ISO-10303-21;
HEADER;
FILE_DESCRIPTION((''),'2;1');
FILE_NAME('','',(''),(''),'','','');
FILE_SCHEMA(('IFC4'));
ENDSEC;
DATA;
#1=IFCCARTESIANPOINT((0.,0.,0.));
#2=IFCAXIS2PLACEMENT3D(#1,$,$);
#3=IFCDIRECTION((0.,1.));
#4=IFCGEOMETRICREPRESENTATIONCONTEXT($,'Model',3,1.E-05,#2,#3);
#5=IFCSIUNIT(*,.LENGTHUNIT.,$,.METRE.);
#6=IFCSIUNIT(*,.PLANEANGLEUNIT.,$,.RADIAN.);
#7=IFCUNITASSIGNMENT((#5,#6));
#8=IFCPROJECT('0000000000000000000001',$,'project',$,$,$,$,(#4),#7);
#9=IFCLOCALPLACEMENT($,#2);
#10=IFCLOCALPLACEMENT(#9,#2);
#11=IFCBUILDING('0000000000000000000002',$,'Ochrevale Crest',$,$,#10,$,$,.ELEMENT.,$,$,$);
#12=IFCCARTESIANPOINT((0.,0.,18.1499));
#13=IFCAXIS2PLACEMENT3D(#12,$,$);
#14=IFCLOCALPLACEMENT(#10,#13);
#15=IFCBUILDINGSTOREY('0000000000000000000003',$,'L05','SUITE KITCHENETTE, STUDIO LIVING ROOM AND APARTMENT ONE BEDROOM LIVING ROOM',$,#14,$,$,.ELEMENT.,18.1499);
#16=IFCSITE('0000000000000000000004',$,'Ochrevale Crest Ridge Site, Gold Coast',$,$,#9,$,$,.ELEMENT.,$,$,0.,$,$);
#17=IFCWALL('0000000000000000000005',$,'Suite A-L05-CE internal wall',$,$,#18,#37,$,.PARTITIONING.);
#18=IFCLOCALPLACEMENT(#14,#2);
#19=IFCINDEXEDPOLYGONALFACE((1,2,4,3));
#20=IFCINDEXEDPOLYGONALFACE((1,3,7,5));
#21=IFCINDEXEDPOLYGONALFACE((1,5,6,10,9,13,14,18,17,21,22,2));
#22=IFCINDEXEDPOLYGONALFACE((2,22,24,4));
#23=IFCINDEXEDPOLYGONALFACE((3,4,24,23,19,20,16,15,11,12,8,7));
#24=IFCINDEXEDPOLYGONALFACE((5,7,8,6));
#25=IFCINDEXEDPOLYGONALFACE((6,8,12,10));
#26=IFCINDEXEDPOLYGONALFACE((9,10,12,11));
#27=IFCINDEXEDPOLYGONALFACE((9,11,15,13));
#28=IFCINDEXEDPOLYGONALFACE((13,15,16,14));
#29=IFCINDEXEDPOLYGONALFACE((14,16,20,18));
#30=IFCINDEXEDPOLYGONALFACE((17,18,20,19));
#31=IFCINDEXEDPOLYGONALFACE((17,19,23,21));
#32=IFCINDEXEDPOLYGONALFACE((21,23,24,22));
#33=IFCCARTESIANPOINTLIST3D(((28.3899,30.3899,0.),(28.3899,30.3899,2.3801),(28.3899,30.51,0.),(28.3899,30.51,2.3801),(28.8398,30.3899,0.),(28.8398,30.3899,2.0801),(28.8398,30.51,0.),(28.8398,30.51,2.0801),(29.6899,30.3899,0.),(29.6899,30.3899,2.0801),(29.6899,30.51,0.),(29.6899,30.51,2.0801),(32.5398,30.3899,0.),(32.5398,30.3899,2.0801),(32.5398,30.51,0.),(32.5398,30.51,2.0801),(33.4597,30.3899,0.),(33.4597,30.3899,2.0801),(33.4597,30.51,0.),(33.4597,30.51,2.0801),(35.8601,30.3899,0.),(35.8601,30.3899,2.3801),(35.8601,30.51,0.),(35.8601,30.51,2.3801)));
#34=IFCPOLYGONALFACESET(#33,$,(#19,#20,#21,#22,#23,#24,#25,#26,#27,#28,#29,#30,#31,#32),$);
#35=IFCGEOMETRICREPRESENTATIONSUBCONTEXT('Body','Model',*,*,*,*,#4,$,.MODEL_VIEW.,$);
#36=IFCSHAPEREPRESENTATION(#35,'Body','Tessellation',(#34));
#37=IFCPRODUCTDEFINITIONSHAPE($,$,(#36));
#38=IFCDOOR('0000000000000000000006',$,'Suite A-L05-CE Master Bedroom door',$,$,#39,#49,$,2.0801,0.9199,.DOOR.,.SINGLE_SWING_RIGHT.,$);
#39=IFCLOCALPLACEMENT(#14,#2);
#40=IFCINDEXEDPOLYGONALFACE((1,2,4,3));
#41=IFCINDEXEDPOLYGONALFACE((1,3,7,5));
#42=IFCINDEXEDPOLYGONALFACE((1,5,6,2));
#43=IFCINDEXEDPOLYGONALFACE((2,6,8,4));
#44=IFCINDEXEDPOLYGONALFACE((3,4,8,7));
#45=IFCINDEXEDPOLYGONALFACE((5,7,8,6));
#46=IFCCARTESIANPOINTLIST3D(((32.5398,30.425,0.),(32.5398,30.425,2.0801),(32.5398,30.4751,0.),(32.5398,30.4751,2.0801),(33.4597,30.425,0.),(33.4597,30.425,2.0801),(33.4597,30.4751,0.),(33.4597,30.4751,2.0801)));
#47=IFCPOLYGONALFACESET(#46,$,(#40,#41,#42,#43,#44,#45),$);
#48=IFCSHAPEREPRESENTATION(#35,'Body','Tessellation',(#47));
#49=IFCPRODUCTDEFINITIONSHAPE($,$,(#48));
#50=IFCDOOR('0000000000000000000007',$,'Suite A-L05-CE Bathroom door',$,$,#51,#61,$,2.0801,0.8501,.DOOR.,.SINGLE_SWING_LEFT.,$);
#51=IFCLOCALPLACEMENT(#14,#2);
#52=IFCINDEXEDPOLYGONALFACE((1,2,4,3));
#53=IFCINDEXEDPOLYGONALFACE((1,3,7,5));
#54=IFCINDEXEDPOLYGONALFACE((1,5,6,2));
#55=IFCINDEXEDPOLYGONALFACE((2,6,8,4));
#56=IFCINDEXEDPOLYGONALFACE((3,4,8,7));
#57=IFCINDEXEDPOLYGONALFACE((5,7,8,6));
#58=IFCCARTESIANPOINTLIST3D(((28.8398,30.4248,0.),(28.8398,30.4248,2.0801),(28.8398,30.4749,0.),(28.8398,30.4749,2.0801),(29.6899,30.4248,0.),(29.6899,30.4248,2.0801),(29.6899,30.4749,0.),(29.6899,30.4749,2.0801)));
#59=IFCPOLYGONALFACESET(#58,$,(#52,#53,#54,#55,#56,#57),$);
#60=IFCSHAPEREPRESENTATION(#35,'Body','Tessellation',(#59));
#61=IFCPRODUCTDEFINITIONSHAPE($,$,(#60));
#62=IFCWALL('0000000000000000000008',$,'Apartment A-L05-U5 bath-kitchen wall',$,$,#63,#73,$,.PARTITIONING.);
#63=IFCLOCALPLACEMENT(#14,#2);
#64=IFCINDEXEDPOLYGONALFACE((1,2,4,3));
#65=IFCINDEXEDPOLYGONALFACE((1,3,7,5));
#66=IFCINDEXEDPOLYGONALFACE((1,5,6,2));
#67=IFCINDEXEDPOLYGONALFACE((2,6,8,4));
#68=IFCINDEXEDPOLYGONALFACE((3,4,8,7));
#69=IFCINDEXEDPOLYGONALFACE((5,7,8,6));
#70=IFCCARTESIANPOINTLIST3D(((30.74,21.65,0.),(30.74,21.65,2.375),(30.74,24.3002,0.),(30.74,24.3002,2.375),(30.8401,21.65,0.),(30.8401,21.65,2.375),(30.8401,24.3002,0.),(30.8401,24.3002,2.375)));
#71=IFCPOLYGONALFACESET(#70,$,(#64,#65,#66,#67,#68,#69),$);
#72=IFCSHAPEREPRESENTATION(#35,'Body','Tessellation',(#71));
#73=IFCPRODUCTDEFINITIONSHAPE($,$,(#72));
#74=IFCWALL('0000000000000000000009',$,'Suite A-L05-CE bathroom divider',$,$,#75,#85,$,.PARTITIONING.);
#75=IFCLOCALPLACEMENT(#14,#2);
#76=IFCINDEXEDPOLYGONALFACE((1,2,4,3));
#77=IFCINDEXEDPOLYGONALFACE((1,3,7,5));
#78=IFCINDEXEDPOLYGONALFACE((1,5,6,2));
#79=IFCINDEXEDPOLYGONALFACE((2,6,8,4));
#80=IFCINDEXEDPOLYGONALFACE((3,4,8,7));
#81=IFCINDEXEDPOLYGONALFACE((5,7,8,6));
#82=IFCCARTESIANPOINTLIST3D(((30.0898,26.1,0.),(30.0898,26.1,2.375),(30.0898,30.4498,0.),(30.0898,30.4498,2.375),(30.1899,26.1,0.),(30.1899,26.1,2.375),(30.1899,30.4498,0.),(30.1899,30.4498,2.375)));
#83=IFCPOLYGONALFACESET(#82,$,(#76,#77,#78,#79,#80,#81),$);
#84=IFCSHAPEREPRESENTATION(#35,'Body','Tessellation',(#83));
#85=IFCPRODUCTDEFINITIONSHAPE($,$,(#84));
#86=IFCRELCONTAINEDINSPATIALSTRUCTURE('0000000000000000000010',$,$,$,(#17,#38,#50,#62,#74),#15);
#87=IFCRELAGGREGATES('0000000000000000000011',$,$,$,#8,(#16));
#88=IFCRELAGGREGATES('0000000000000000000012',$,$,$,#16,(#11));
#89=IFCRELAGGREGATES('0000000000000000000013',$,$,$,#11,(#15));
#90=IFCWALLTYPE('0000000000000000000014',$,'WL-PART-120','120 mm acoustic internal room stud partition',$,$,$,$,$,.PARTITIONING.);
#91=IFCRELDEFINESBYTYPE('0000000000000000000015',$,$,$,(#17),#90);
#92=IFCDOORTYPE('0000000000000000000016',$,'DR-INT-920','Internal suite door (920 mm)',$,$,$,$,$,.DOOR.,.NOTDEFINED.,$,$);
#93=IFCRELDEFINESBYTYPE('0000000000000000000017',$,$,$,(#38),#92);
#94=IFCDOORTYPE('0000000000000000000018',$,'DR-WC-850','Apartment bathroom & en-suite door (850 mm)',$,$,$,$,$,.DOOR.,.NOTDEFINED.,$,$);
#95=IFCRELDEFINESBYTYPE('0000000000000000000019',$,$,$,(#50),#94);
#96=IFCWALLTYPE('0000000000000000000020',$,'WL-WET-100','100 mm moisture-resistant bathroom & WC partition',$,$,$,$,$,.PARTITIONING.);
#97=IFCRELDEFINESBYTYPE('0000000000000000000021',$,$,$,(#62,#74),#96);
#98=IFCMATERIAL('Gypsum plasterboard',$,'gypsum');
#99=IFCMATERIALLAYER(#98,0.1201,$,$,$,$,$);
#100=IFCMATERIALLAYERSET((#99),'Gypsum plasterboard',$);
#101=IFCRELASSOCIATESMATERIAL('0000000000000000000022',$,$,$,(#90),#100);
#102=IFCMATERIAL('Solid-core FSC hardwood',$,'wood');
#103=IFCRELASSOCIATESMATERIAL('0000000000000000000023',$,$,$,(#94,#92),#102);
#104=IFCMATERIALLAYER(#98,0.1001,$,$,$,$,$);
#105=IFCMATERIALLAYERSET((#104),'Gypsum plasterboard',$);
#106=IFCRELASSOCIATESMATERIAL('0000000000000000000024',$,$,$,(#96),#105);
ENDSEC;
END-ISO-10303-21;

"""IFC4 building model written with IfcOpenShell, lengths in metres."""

from ifc_helpers import new_model, si_unit, direction, frame, frame_2d, origin, place, context, subcontext, project, spatial, rectangle, extrude, material, layer, layer_set, type_object, element, fill, save


model = new_model("IFC4")

# Units and contexts
model_context = context("Model", 3, precision=1e-05, world=origin(), true_north=direction((0.0, 1.0)))
body_context = subcontext(model_context, "Body", "Model", "MODEL_VIEW")
ifc_project = project(units=[si_unit("LENGTHUNIT", "METRE"), si_unit("PLANEANGLEUNIT", "RADIAN")], contexts=[model_context])

# Site, building, storey
site_placement = place(None, origin())
site = spatial("IfcSite", under=ifc_project, at=site_placement, Name="Ochrevale Crest Ridge Site, Gold Coast", CompositionType="ELEMENT", RefElevation=0.0)
building_placement = place(site_placement, origin())
building = spatial("IfcBuilding", under=site, at=building_placement, Name="Ochrevale Crest", CompositionType="ELEMENT")
storey_placement = place(building_placement, frame((0.0, 0.0, 18.1499)))
storey = spatial("IfcBuildingStorey", under=building, at=storey_placement, Name="L05", Description="SUITE KITCHENETTE, STUDIO LIVING ROOM AND APARTMENT ONE BEDROOM LIVING ROOM", CompositionType="ELEMENT", Elevation=18.1499)

# Shared definitions
ifc_material_1 = material(Name="Gypsum plasterboard", Category="gypsum")
ifc_material_2 = material(Name="Solid-core FSC hardwood", Category="wood")

# Shared definitions
ifc_layer_1 = layer(ifc_material_1, 0.1201)
ifc_layer_set_1 = layer_set([ifc_layer_1], Name="Gypsum plasterboard")
wall_type_1 = type_object("IfcWallType", Name="WL-PART-120", Description="120 mm acoustic internal room stud partition", PredefinedType="PARTITIONING", material=ifc_layer_set_1)

# Wall, openings, doors
door_type_1 = type_object("IfcDoorType", Name="DR-WC-850", Description="Apartment bathroom & en-suite door (850 mm)", OperationType="NOTDEFINED", PredefinedType="DOOR", material=ifc_material_2)
wall_1_placement = place(storey_placement, frame((28.3899, 30.45, 0.0), z_axis=(0.0, 0.0, 1.0), x_axis=(1.0, 0.0, 0.0)))
wall_1 = element("IfcWall", 1, at=wall_1_placement, inside=storey, type_object=wall_type_1, Name="Suite A-L05-CE internal wall", PredefinedType="PARTITIONING", context=body_context, shape_type="SweptSolid", body=[
    extrude(rectangle(XDim=7.4702, YDim=0.1201, at=frame_2d((3.7351, 0.0))), origin(), (0.0, 0.0, 1.0), 2.3801),
])
opening_1_placement = place(wall_1_placement, frame((0.45, 0.0, 0.0)))
opening_1 = element("IfcOpeningElement", 2, at=opening_1_placement, cuts=wall_1, PredefinedType="OPENING", context=body_context, shape_type="SweptSolid", body=[
    extrude(rectangle(XDim=0.8501, YDim=2.0801, at=frame_2d((0.425, 1.04))), frame((0.0, 0.0701, 0.0), z_axis=(0.0, -1.0, 0.0), x_axis=(1.0, 0.0, 0.0)), (0.0, 0.0, 1.0), 0.1401),
])
opening_2_placement = place(wall_1_placement, frame((5.0698, 0.0, 0.0), z_axis=(0.0, 0.0, 1.0), x_axis=(-1.0, 0.0, 0.0)))
opening_2 = element("IfcOpeningElement", 3, at=opening_2_placement, cuts=wall_1, PredefinedType="OPENING", context=body_context, shape_type="SweptSolid", body=[
    extrude(rectangle(XDim=0.9199, YDim=2.0801, at=frame_2d((0.46, 1.04))), frame((0.0, 0.0701, 0.0), z_axis=(0.0, -1.0, 0.0), x_axis=(1.0, 0.0, 0.0)), (0.0, 0.0, 1.0), 0.1401),
])
door_type_2 = type_object("IfcDoorType", Name="DR-INT-920", Description="Internal suite door (920 mm)", OperationType="NOTDEFINED", PredefinedType="DOOR", material=ifc_material_2)
door_1_placement = place(opening_2_placement, origin())
door_1 = element("IfcDoor", 4, at=door_1_placement, inside=storey, type_object=door_type_2, Name="Suite A-L05-CE Master Bedroom door", OperationType="SINGLE_SWING_RIGHT", OverallHeight=2.0801, OverallWidth=0.9199, PredefinedType="DOOR", context=body_context, shape_type="SweptSolid", body=[
    extrude(rectangle(XDim=0.9199, YDim=2.0801, at=frame_2d((0.46, 1.04))), frame((0.0, 0.0249, 0.0), z_axis=(0.0, -1.0, 0.0), x_axis=(1.0, 0.0, 0.0)), (0.0, 0.0, 1.0), 0.05),
])
fill(opening_2, door_1)
door_2_placement = place(opening_1_placement, origin())
door_2 = element("IfcDoor", 5, at=door_2_placement, inside=storey, type_object=door_type_1, Name="Suite A-L05-CE Bathroom door", OperationType="SINGLE_SWING_LEFT", OverallHeight=2.0801, OverallWidth=0.8501, PredefinedType="DOOR", context=body_context, shape_type="SweptSolid", body=[
    extrude(rectangle(XDim=0.8501, YDim=2.0801, at=frame_2d((0.425, 1.04))), frame((0.0, 0.0249, 0.0), z_axis=(0.0, -1.0, 0.0), x_axis=(1.0, 0.0, 0.0)), (0.0, 0.0, 1.0), 0.05),
])
fill(opening_1, door_2)

# Walls
ifc_layer_2 = layer(ifc_material_1, 0.1001)
ifc_layer_set_2 = layer_set([ifc_layer_2], Name="Gypsum plasterboard")
wall_type_2 = type_object("IfcWallType", Name="WL-WET-100", Description="100 mm moisture-resistant bathroom & WC partition", PredefinedType="PARTITIONING", material=ifc_layer_set_2)
wall_2_placement = place(storey_placement, frame((30.79, 21.6499, 0.0), z_axis=(0.0, 0.0, 1.0), x_axis=(0.0, 1.0, 0.0)))
element("IfcWall", 6, at=wall_2_placement, inside=storey, type_object=wall_type_2, Name="Apartment A-L05-U5 bath-kitchen wall", PredefinedType="PARTITIONING", context=body_context, shape_type="SweptSolid", body=[
    extrude(rectangle(XDim=2.6501, YDim=0.1001, at=frame_2d((1.3252, 0.0))), origin(), (0.0, 0.0, 1.0), 2.375),
])
wall_3_placement = place(storey_placement, frame((30.1399, 26.1001, 0.0), z_axis=(0.0, 0.0, 1.0), x_axis=(0.0, 1.0, 0.0)))
element("IfcWall", 7, at=wall_3_placement, inside=storey, type_object=wall_type_2, Name="Suite A-L05-CE bathroom divider", PredefinedType="PARTITIONING", context=body_context, shape_type="SweptSolid", body=[
    extrude(rectangle(XDim=4.3499, YDim=0.1001, at=frame_2d((2.1748, 0.0))), origin(), (0.0, 0.0, 1.0), 2.375),
])

save(model, "model.ifc")
